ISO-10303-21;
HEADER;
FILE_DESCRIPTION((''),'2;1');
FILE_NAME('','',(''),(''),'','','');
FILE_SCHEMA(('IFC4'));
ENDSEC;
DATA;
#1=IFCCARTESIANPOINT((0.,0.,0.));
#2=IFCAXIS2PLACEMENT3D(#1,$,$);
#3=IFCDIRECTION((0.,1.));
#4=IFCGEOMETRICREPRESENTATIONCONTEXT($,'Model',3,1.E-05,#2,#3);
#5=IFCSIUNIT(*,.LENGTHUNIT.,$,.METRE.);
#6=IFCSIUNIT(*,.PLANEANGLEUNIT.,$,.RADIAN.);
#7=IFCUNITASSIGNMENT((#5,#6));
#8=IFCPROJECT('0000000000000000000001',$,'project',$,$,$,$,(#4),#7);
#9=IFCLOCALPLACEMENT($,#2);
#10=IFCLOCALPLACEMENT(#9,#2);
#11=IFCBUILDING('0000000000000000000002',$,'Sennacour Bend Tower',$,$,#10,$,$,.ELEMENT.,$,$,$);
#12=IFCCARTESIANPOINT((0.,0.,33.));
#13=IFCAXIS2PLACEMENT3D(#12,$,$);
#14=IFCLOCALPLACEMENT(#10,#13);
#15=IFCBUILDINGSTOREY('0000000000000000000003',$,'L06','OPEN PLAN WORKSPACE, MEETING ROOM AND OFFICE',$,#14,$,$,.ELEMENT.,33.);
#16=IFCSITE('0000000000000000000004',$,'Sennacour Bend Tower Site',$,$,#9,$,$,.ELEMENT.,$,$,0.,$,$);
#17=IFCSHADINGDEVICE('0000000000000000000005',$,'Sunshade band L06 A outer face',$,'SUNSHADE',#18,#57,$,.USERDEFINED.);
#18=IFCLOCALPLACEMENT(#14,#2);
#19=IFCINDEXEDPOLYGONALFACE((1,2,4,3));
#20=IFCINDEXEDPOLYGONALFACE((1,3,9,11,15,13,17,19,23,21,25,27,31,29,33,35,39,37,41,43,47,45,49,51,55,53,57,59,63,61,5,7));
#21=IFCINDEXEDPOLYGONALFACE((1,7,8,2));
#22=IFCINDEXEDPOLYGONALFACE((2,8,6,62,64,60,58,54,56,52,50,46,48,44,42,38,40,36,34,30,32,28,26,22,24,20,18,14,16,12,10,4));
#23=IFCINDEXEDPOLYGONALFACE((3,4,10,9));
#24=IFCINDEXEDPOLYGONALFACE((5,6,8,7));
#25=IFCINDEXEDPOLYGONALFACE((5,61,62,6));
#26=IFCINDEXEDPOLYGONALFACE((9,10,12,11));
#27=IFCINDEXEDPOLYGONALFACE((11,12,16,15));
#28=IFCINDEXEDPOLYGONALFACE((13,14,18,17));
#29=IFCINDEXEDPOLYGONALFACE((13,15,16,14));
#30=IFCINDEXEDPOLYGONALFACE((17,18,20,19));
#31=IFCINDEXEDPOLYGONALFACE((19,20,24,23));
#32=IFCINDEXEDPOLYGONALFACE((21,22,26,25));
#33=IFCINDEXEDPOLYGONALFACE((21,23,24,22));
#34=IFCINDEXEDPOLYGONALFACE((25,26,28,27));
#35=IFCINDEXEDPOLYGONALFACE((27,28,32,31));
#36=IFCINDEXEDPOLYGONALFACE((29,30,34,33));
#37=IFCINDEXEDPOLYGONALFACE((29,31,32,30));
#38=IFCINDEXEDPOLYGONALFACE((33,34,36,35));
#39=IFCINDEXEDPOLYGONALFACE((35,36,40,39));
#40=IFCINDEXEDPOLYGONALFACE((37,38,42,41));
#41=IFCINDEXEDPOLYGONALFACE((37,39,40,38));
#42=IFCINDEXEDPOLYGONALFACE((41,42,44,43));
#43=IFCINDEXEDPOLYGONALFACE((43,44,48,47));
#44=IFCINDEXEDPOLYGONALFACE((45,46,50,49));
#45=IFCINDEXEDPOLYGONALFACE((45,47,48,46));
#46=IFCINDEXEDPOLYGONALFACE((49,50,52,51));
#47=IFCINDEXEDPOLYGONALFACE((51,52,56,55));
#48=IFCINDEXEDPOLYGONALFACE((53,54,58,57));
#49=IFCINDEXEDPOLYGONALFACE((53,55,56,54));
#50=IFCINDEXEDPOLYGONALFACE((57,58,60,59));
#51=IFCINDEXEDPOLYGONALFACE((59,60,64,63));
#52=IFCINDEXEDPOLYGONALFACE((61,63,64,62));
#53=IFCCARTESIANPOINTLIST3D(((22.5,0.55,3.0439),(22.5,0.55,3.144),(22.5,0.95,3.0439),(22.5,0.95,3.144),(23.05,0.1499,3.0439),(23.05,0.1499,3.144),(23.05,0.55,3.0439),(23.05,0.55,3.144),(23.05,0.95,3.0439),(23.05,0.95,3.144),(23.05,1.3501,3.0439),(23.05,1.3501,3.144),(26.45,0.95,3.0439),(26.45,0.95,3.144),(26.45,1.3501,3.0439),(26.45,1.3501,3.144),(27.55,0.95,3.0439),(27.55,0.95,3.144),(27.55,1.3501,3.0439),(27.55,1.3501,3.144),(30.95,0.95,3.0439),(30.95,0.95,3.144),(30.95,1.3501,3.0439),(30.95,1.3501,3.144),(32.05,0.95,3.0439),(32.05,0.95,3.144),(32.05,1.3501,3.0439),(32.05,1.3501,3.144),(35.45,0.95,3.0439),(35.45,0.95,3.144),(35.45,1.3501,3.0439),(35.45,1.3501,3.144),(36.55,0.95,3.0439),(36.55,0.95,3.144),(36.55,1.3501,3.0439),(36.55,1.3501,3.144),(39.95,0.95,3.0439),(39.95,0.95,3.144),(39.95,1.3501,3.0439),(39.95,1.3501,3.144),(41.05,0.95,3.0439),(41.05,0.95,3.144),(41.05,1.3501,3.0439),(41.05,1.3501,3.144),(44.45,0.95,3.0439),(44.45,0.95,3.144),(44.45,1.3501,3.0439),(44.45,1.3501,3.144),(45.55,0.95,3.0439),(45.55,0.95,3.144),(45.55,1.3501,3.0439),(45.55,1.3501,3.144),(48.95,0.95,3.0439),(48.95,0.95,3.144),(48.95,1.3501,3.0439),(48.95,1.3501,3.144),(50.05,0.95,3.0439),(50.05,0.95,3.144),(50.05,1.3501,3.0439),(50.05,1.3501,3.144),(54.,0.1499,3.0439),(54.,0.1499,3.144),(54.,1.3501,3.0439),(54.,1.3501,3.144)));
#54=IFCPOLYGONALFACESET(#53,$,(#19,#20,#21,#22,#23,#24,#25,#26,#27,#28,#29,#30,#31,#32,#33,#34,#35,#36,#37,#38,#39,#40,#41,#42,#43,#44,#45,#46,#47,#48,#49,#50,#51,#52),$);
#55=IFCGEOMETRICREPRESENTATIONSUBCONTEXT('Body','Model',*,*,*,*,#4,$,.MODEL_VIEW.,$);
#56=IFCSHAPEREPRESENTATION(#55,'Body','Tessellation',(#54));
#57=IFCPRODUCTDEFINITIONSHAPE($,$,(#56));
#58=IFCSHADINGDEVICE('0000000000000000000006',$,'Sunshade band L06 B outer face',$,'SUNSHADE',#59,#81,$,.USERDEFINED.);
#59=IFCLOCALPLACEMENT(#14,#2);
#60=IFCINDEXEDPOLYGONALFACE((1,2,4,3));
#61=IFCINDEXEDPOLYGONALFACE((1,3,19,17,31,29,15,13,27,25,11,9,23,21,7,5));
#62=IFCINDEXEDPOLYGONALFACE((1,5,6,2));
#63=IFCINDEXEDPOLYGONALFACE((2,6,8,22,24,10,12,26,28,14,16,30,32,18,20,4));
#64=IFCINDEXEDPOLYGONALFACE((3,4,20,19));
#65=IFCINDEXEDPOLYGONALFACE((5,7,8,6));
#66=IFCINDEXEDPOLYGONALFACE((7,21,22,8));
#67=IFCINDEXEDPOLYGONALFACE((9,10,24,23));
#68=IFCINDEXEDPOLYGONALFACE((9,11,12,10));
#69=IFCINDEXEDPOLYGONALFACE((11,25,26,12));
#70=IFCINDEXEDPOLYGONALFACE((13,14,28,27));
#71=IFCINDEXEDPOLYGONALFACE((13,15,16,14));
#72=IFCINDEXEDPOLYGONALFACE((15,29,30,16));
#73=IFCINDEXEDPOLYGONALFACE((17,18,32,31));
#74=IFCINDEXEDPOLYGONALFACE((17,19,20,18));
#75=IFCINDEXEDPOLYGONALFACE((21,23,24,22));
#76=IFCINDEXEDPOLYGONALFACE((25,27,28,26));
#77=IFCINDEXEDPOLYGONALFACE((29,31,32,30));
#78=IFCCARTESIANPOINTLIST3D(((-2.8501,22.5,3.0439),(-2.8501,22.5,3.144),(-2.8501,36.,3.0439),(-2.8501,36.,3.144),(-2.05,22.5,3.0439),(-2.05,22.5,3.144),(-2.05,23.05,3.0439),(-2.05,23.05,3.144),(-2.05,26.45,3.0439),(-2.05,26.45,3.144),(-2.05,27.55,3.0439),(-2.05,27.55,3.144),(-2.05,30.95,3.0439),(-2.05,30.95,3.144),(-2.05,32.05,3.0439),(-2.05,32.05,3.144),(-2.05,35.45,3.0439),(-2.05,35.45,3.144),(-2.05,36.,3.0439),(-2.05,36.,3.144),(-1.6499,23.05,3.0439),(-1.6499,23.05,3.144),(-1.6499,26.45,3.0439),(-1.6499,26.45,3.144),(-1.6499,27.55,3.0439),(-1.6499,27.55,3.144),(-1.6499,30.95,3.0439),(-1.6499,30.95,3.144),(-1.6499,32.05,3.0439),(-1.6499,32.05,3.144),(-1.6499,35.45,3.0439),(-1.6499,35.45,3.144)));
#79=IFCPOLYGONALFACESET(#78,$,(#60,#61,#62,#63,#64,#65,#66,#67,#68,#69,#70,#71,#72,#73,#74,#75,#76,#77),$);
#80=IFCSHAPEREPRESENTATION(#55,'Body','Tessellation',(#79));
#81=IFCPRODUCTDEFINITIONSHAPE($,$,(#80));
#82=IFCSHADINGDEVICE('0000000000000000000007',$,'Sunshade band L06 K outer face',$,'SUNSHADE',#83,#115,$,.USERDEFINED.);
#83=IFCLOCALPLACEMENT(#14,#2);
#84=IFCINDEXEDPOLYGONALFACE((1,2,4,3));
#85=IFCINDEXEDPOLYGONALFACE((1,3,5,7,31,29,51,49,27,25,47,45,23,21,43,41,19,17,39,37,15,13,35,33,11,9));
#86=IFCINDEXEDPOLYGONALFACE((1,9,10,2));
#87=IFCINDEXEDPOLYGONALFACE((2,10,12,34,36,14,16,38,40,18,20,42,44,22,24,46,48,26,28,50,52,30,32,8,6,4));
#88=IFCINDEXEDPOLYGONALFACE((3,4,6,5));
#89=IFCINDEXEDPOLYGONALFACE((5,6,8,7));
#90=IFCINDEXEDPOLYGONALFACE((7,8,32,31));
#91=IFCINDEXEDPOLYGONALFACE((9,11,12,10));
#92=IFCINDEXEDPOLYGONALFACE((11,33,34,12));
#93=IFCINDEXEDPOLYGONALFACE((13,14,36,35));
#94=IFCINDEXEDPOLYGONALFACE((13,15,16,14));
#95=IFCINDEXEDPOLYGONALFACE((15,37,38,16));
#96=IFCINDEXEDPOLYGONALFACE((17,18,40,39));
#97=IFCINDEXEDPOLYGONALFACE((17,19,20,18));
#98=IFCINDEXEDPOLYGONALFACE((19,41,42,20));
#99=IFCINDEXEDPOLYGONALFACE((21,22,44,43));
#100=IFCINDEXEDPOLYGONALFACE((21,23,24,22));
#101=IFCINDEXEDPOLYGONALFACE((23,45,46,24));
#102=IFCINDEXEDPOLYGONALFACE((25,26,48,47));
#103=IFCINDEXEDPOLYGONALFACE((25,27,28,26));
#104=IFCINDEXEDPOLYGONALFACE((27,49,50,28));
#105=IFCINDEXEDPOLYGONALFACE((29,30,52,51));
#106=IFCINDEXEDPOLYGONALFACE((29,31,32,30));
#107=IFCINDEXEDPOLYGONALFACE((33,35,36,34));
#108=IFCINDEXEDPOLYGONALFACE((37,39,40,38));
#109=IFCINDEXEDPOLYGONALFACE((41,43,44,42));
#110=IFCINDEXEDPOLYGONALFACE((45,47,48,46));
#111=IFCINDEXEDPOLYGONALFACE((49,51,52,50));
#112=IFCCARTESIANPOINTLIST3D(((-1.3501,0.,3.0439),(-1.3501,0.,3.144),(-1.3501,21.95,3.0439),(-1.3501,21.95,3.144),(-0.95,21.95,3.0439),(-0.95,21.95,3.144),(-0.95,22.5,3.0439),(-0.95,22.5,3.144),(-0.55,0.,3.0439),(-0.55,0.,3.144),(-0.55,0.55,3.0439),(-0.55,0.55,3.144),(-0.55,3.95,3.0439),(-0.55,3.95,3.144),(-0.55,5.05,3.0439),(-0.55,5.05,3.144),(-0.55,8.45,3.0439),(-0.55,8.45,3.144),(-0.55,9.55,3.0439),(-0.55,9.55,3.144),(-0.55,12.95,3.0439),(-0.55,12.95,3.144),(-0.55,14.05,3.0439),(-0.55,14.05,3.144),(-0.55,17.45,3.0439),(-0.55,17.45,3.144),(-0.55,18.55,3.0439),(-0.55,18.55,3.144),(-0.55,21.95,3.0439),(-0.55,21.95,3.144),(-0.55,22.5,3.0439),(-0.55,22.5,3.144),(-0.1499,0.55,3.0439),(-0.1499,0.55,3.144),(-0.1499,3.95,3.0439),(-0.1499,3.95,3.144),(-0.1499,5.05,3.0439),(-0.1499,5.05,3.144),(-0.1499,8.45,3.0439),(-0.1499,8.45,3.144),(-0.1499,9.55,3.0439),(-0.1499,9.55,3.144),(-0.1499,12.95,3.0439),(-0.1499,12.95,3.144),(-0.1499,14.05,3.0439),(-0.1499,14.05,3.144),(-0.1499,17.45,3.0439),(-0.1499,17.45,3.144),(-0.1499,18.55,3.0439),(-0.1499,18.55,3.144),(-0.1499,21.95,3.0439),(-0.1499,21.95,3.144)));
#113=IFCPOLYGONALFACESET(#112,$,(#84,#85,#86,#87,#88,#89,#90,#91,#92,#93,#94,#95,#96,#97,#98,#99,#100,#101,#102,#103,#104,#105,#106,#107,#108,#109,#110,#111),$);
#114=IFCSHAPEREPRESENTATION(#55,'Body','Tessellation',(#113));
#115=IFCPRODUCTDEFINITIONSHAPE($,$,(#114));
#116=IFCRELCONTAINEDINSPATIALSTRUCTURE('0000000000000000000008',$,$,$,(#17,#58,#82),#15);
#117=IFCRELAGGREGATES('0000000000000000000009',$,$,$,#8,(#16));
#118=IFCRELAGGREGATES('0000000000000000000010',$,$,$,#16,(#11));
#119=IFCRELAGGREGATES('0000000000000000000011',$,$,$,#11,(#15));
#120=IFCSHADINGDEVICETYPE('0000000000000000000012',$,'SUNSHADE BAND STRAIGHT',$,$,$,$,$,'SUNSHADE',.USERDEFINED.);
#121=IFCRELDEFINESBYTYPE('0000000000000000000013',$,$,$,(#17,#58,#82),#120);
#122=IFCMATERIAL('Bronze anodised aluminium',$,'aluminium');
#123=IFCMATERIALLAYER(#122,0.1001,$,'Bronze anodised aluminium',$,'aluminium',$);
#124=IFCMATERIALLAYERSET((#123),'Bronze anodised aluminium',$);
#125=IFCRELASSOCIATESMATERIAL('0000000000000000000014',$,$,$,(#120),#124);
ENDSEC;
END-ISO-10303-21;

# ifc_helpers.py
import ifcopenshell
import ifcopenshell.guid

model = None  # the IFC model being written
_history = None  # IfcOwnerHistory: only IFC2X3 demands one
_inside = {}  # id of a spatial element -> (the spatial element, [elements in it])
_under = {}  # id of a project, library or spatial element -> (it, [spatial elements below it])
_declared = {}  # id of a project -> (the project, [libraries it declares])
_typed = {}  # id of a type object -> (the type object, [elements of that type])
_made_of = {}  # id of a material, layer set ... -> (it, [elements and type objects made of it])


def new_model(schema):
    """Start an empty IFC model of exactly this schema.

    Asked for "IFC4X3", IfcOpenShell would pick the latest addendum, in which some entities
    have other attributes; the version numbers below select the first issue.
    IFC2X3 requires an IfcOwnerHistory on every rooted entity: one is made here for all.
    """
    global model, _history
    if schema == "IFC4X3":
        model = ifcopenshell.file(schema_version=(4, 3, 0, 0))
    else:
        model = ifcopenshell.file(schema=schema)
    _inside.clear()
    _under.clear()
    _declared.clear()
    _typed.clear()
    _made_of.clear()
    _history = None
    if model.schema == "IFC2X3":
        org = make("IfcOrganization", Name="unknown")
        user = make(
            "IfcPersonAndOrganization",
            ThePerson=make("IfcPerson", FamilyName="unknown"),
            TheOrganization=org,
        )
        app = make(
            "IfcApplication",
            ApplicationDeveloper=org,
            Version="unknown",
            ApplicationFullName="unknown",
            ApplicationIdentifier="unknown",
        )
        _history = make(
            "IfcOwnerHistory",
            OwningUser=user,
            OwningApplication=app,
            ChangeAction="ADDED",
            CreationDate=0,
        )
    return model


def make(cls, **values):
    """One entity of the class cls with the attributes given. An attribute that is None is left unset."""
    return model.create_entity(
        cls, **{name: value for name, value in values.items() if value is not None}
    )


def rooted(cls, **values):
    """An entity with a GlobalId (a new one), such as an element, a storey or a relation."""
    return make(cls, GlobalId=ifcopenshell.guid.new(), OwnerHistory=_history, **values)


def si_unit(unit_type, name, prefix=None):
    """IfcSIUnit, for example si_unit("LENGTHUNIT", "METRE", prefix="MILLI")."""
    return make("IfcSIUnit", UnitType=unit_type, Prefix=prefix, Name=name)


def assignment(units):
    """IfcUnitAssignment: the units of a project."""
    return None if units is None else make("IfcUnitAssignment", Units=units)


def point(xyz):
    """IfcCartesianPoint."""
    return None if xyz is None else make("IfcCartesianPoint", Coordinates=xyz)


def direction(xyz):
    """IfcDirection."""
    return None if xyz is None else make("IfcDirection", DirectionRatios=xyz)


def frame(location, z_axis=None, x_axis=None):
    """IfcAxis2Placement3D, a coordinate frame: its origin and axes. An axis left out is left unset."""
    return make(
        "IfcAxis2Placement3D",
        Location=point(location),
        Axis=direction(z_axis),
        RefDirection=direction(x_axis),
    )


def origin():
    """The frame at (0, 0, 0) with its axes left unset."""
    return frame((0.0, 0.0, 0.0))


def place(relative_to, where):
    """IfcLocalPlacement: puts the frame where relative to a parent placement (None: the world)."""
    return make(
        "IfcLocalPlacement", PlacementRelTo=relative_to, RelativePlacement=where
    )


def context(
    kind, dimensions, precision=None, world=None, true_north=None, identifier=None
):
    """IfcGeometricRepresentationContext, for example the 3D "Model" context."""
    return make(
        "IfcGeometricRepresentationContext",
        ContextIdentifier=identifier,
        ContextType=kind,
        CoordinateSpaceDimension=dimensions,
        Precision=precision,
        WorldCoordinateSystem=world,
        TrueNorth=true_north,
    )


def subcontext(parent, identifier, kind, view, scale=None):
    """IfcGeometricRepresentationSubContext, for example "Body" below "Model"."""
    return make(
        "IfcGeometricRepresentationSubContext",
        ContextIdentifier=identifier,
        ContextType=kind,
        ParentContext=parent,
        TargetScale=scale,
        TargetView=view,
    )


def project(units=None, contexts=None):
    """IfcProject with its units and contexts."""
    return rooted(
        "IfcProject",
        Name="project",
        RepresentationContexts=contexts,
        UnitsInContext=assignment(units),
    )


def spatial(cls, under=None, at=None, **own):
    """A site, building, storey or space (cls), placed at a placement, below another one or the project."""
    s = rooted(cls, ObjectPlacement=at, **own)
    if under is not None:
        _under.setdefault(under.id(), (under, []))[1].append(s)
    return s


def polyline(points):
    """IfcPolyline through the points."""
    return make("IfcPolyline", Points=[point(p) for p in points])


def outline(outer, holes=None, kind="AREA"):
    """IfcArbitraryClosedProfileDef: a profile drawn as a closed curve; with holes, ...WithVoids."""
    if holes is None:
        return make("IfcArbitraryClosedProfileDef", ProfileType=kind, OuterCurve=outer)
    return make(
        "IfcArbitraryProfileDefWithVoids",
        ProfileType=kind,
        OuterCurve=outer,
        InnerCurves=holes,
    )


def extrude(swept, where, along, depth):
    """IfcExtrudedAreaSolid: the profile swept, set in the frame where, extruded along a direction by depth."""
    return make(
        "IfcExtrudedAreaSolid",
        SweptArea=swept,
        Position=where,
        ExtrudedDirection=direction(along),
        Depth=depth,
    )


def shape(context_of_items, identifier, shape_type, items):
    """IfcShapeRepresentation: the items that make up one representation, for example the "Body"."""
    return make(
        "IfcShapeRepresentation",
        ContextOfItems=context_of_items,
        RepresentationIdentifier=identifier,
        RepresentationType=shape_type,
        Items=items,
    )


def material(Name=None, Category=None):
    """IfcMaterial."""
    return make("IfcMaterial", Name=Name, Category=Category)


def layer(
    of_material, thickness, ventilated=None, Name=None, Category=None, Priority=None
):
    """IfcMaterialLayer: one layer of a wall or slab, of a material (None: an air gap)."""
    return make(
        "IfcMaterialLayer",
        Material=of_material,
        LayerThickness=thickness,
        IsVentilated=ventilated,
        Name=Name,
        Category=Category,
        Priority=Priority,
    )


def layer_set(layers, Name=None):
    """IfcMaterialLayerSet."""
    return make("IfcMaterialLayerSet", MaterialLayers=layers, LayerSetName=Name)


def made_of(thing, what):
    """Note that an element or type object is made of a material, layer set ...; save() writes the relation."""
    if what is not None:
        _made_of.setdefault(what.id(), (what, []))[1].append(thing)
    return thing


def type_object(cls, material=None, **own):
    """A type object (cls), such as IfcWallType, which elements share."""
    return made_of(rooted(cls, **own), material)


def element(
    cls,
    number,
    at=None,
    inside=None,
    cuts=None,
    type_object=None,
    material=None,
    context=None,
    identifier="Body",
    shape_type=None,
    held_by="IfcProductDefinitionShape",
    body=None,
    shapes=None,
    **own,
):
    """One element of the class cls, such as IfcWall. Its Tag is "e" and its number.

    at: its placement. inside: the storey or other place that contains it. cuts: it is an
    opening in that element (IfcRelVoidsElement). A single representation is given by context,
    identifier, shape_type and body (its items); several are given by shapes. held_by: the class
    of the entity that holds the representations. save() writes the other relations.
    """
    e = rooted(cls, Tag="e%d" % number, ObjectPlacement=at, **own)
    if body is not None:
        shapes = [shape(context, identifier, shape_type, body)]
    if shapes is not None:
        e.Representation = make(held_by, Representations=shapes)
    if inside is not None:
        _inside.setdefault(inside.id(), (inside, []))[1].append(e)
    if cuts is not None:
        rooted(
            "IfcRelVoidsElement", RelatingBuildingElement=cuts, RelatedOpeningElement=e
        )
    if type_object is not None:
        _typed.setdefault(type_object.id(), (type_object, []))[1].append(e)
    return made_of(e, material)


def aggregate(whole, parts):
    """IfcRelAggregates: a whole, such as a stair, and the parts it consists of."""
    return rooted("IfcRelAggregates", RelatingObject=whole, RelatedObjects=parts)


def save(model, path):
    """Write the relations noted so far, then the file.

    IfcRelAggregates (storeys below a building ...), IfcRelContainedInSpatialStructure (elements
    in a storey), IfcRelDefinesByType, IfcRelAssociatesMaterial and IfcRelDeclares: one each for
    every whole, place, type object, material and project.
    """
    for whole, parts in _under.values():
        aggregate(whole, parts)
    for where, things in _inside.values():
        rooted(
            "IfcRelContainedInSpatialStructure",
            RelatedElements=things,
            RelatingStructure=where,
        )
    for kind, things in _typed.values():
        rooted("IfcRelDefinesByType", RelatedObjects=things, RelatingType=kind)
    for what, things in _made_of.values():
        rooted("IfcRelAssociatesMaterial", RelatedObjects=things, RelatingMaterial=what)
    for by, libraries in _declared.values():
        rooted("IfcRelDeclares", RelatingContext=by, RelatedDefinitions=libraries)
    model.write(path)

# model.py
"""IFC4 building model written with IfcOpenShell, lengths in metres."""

from ifc_helpers import new_model, si_unit, direction, frame, origin, place, context, subcontext, project, spatial, polyline, outline, extrude, material, layer, layer_set, type_object, element, save


model = new_model("IFC4")

# Units and contexts
model_context = context("Model", 3, precision=1e-05, world=origin(), true_north=direction((0.0, 1.0)))
body_context = subcontext(model_context, "Body", "Model", "MODEL_VIEW")
ifc_project = project(units=[si_unit("LENGTHUNIT", "METRE"), si_unit("PLANEANGLEUNIT", "RADIAN")], contexts=[model_context])

# Site, building, storey
site_placement = place(None, origin())
site = spatial("IfcSite", under=ifc_project, at=site_placement, Name="Sennacour Bend Tower Site", CompositionType="ELEMENT", RefElevation=0.0)
building_placement = place(site_placement, origin())
building = spatial("IfcBuilding", under=site, at=building_placement, Name="Sennacour Bend Tower", CompositionType="ELEMENT")
storey_placement = place(building_placement, frame((0.0, 0.0, 33.0)))
storey = spatial("IfcBuildingStorey", under=building, at=storey_placement, Name="L06", Description="OPEN PLAN WORKSPACE, MEETING ROOM AND OFFICE", CompositionType="ELEMENT", Elevation=33.0)

# Shading devices
ifc_material_1 = material(Name="Bronze anodised aluminium", Category="aluminium")
ifc_layer_1 = layer(ifc_material_1, 0.1001, Name="Bronze anodised aluminium", Category="aluminium")
ifc_layer_set_1 = layer_set([ifc_layer_1], Name="Bronze anodised aluminium")
shading_device_type_1 = type_object("IfcShadingDeviceType", Name="SUNSHADE BAND STRAIGHT", ElementType="SUNSHADE", PredefinedType="USERDEFINED", material=ifc_layer_set_1)
shading_device_1_placement = place(storey_placement, frame((0.0, 0.0, 3.0439)))
element("IfcShadingDevice", 1, at=shading_device_1_placement, inside=storey, type_object=shading_device_type_1, Name="Sunshade band L06 A outer face", ObjectType="SUNSHADE", PredefinedType="USERDEFINED", context=body_context, shape_type="SweptSolid", body=[
    extrude(outline(polyline([(26.45, 1.3501), (26.45, 0.95), (27.55, 0.95), (27.55, 1.3501), (30.95, 1.3501), (30.95, 0.95), (32.05, 0.95), (32.05, 1.3501), (35.45, 1.3501), (35.45, 0.95), (36.55, 0.95), (36.55, 1.3501), (39.95, 1.3501), (39.95, 0.95), (41.05, 0.95), (41.05, 1.3501), (44.45, 1.3501), (44.45, 0.95), (45.55, 0.95), (45.55, 1.3501), (48.95, 1.3501), (48.95, 0.95), (50.05, 0.95), (50.05, 1.3501), (54.0, 1.3501), (54.0, 0.1499), (23.05, 0.1499), (23.05, 0.55), (22.5, 0.55), (22.5, 0.95), (23.05, 0.95), (23.05, 1.3501), (26.45, 1.3501)])), origin(), (0.0, 0.0, 1.0), 0.1001),
])
shading_device_2_placement = place(storey_placement, frame((0.0, 0.0, 3.0439)))
element("IfcShadingDevice", 2, at=shading_device_2_placement, inside=storey, type_object=shading_device_type_1, Name="Sunshade band L06 B outer face", ObjectType="SUNSHADE", PredefinedType="USERDEFINED", context=body_context, shape_type="SweptSolid", body=[
    extrude(outline(polyline([(-1.6499, 32.05), (-2.05, 32.05), (-2.05, 30.95), (-1.6499, 30.95), (-1.6499, 27.55), (-2.05, 27.55), (-2.05, 26.45), (-1.6499, 26.45), (-1.6499, 23.05), (-2.05, 23.05), (-2.05, 22.5), (-2.8501, 22.5), (-2.8501, 36.0), (-2.05, 36.0), (-2.05, 35.45), (-1.6499, 35.45), (-1.6499, 32.05)])), origin(), (0.0, 0.0, 1.0), 0.1001),
])
shading_device_3_placement = place(storey_placement, frame((0.0, 0.0, 3.0439)))
element("IfcShadingDevice", 3, at=shading_device_3_placement, inside=storey, type_object=shading_device_type_1, Name="Sunshade band L06 K outer face", ObjectType="SUNSHADE", PredefinedType="USERDEFINED", context=body_context, shape_type="SweptSolid", body=[
    extrude(outline(polyline([(-0.1499, 18.55), (-0.55, 18.55), (-0.55, 17.45), (-0.1499, 17.45), (-0.1499, 14.05), (-0.55, 14.05), (-0.55, 12.95), (-0.1499, 12.95), (-0.1499, 9.55), (-0.55, 9.55), (-0.55, 8.45), (-0.1499, 8.45), (-0.1499, 5.05), (-0.55, 5.05), (-0.55, 3.95), (-0.1499, 3.95), (-0.1499, 0.55), (-0.55, 0.55), (-0.55, 0.0), (-1.3501, 0.0), (-1.3501, 21.95), (-0.95, 21.95), (-0.95, 22.5), (-0.55, 22.5), (-0.55, 21.95), (-0.1499, 21.95), (-0.1499, 18.55)])), origin(), (0.0, 0.0, 1.0), 0.1001),
])

save(model, "model.ifc")
